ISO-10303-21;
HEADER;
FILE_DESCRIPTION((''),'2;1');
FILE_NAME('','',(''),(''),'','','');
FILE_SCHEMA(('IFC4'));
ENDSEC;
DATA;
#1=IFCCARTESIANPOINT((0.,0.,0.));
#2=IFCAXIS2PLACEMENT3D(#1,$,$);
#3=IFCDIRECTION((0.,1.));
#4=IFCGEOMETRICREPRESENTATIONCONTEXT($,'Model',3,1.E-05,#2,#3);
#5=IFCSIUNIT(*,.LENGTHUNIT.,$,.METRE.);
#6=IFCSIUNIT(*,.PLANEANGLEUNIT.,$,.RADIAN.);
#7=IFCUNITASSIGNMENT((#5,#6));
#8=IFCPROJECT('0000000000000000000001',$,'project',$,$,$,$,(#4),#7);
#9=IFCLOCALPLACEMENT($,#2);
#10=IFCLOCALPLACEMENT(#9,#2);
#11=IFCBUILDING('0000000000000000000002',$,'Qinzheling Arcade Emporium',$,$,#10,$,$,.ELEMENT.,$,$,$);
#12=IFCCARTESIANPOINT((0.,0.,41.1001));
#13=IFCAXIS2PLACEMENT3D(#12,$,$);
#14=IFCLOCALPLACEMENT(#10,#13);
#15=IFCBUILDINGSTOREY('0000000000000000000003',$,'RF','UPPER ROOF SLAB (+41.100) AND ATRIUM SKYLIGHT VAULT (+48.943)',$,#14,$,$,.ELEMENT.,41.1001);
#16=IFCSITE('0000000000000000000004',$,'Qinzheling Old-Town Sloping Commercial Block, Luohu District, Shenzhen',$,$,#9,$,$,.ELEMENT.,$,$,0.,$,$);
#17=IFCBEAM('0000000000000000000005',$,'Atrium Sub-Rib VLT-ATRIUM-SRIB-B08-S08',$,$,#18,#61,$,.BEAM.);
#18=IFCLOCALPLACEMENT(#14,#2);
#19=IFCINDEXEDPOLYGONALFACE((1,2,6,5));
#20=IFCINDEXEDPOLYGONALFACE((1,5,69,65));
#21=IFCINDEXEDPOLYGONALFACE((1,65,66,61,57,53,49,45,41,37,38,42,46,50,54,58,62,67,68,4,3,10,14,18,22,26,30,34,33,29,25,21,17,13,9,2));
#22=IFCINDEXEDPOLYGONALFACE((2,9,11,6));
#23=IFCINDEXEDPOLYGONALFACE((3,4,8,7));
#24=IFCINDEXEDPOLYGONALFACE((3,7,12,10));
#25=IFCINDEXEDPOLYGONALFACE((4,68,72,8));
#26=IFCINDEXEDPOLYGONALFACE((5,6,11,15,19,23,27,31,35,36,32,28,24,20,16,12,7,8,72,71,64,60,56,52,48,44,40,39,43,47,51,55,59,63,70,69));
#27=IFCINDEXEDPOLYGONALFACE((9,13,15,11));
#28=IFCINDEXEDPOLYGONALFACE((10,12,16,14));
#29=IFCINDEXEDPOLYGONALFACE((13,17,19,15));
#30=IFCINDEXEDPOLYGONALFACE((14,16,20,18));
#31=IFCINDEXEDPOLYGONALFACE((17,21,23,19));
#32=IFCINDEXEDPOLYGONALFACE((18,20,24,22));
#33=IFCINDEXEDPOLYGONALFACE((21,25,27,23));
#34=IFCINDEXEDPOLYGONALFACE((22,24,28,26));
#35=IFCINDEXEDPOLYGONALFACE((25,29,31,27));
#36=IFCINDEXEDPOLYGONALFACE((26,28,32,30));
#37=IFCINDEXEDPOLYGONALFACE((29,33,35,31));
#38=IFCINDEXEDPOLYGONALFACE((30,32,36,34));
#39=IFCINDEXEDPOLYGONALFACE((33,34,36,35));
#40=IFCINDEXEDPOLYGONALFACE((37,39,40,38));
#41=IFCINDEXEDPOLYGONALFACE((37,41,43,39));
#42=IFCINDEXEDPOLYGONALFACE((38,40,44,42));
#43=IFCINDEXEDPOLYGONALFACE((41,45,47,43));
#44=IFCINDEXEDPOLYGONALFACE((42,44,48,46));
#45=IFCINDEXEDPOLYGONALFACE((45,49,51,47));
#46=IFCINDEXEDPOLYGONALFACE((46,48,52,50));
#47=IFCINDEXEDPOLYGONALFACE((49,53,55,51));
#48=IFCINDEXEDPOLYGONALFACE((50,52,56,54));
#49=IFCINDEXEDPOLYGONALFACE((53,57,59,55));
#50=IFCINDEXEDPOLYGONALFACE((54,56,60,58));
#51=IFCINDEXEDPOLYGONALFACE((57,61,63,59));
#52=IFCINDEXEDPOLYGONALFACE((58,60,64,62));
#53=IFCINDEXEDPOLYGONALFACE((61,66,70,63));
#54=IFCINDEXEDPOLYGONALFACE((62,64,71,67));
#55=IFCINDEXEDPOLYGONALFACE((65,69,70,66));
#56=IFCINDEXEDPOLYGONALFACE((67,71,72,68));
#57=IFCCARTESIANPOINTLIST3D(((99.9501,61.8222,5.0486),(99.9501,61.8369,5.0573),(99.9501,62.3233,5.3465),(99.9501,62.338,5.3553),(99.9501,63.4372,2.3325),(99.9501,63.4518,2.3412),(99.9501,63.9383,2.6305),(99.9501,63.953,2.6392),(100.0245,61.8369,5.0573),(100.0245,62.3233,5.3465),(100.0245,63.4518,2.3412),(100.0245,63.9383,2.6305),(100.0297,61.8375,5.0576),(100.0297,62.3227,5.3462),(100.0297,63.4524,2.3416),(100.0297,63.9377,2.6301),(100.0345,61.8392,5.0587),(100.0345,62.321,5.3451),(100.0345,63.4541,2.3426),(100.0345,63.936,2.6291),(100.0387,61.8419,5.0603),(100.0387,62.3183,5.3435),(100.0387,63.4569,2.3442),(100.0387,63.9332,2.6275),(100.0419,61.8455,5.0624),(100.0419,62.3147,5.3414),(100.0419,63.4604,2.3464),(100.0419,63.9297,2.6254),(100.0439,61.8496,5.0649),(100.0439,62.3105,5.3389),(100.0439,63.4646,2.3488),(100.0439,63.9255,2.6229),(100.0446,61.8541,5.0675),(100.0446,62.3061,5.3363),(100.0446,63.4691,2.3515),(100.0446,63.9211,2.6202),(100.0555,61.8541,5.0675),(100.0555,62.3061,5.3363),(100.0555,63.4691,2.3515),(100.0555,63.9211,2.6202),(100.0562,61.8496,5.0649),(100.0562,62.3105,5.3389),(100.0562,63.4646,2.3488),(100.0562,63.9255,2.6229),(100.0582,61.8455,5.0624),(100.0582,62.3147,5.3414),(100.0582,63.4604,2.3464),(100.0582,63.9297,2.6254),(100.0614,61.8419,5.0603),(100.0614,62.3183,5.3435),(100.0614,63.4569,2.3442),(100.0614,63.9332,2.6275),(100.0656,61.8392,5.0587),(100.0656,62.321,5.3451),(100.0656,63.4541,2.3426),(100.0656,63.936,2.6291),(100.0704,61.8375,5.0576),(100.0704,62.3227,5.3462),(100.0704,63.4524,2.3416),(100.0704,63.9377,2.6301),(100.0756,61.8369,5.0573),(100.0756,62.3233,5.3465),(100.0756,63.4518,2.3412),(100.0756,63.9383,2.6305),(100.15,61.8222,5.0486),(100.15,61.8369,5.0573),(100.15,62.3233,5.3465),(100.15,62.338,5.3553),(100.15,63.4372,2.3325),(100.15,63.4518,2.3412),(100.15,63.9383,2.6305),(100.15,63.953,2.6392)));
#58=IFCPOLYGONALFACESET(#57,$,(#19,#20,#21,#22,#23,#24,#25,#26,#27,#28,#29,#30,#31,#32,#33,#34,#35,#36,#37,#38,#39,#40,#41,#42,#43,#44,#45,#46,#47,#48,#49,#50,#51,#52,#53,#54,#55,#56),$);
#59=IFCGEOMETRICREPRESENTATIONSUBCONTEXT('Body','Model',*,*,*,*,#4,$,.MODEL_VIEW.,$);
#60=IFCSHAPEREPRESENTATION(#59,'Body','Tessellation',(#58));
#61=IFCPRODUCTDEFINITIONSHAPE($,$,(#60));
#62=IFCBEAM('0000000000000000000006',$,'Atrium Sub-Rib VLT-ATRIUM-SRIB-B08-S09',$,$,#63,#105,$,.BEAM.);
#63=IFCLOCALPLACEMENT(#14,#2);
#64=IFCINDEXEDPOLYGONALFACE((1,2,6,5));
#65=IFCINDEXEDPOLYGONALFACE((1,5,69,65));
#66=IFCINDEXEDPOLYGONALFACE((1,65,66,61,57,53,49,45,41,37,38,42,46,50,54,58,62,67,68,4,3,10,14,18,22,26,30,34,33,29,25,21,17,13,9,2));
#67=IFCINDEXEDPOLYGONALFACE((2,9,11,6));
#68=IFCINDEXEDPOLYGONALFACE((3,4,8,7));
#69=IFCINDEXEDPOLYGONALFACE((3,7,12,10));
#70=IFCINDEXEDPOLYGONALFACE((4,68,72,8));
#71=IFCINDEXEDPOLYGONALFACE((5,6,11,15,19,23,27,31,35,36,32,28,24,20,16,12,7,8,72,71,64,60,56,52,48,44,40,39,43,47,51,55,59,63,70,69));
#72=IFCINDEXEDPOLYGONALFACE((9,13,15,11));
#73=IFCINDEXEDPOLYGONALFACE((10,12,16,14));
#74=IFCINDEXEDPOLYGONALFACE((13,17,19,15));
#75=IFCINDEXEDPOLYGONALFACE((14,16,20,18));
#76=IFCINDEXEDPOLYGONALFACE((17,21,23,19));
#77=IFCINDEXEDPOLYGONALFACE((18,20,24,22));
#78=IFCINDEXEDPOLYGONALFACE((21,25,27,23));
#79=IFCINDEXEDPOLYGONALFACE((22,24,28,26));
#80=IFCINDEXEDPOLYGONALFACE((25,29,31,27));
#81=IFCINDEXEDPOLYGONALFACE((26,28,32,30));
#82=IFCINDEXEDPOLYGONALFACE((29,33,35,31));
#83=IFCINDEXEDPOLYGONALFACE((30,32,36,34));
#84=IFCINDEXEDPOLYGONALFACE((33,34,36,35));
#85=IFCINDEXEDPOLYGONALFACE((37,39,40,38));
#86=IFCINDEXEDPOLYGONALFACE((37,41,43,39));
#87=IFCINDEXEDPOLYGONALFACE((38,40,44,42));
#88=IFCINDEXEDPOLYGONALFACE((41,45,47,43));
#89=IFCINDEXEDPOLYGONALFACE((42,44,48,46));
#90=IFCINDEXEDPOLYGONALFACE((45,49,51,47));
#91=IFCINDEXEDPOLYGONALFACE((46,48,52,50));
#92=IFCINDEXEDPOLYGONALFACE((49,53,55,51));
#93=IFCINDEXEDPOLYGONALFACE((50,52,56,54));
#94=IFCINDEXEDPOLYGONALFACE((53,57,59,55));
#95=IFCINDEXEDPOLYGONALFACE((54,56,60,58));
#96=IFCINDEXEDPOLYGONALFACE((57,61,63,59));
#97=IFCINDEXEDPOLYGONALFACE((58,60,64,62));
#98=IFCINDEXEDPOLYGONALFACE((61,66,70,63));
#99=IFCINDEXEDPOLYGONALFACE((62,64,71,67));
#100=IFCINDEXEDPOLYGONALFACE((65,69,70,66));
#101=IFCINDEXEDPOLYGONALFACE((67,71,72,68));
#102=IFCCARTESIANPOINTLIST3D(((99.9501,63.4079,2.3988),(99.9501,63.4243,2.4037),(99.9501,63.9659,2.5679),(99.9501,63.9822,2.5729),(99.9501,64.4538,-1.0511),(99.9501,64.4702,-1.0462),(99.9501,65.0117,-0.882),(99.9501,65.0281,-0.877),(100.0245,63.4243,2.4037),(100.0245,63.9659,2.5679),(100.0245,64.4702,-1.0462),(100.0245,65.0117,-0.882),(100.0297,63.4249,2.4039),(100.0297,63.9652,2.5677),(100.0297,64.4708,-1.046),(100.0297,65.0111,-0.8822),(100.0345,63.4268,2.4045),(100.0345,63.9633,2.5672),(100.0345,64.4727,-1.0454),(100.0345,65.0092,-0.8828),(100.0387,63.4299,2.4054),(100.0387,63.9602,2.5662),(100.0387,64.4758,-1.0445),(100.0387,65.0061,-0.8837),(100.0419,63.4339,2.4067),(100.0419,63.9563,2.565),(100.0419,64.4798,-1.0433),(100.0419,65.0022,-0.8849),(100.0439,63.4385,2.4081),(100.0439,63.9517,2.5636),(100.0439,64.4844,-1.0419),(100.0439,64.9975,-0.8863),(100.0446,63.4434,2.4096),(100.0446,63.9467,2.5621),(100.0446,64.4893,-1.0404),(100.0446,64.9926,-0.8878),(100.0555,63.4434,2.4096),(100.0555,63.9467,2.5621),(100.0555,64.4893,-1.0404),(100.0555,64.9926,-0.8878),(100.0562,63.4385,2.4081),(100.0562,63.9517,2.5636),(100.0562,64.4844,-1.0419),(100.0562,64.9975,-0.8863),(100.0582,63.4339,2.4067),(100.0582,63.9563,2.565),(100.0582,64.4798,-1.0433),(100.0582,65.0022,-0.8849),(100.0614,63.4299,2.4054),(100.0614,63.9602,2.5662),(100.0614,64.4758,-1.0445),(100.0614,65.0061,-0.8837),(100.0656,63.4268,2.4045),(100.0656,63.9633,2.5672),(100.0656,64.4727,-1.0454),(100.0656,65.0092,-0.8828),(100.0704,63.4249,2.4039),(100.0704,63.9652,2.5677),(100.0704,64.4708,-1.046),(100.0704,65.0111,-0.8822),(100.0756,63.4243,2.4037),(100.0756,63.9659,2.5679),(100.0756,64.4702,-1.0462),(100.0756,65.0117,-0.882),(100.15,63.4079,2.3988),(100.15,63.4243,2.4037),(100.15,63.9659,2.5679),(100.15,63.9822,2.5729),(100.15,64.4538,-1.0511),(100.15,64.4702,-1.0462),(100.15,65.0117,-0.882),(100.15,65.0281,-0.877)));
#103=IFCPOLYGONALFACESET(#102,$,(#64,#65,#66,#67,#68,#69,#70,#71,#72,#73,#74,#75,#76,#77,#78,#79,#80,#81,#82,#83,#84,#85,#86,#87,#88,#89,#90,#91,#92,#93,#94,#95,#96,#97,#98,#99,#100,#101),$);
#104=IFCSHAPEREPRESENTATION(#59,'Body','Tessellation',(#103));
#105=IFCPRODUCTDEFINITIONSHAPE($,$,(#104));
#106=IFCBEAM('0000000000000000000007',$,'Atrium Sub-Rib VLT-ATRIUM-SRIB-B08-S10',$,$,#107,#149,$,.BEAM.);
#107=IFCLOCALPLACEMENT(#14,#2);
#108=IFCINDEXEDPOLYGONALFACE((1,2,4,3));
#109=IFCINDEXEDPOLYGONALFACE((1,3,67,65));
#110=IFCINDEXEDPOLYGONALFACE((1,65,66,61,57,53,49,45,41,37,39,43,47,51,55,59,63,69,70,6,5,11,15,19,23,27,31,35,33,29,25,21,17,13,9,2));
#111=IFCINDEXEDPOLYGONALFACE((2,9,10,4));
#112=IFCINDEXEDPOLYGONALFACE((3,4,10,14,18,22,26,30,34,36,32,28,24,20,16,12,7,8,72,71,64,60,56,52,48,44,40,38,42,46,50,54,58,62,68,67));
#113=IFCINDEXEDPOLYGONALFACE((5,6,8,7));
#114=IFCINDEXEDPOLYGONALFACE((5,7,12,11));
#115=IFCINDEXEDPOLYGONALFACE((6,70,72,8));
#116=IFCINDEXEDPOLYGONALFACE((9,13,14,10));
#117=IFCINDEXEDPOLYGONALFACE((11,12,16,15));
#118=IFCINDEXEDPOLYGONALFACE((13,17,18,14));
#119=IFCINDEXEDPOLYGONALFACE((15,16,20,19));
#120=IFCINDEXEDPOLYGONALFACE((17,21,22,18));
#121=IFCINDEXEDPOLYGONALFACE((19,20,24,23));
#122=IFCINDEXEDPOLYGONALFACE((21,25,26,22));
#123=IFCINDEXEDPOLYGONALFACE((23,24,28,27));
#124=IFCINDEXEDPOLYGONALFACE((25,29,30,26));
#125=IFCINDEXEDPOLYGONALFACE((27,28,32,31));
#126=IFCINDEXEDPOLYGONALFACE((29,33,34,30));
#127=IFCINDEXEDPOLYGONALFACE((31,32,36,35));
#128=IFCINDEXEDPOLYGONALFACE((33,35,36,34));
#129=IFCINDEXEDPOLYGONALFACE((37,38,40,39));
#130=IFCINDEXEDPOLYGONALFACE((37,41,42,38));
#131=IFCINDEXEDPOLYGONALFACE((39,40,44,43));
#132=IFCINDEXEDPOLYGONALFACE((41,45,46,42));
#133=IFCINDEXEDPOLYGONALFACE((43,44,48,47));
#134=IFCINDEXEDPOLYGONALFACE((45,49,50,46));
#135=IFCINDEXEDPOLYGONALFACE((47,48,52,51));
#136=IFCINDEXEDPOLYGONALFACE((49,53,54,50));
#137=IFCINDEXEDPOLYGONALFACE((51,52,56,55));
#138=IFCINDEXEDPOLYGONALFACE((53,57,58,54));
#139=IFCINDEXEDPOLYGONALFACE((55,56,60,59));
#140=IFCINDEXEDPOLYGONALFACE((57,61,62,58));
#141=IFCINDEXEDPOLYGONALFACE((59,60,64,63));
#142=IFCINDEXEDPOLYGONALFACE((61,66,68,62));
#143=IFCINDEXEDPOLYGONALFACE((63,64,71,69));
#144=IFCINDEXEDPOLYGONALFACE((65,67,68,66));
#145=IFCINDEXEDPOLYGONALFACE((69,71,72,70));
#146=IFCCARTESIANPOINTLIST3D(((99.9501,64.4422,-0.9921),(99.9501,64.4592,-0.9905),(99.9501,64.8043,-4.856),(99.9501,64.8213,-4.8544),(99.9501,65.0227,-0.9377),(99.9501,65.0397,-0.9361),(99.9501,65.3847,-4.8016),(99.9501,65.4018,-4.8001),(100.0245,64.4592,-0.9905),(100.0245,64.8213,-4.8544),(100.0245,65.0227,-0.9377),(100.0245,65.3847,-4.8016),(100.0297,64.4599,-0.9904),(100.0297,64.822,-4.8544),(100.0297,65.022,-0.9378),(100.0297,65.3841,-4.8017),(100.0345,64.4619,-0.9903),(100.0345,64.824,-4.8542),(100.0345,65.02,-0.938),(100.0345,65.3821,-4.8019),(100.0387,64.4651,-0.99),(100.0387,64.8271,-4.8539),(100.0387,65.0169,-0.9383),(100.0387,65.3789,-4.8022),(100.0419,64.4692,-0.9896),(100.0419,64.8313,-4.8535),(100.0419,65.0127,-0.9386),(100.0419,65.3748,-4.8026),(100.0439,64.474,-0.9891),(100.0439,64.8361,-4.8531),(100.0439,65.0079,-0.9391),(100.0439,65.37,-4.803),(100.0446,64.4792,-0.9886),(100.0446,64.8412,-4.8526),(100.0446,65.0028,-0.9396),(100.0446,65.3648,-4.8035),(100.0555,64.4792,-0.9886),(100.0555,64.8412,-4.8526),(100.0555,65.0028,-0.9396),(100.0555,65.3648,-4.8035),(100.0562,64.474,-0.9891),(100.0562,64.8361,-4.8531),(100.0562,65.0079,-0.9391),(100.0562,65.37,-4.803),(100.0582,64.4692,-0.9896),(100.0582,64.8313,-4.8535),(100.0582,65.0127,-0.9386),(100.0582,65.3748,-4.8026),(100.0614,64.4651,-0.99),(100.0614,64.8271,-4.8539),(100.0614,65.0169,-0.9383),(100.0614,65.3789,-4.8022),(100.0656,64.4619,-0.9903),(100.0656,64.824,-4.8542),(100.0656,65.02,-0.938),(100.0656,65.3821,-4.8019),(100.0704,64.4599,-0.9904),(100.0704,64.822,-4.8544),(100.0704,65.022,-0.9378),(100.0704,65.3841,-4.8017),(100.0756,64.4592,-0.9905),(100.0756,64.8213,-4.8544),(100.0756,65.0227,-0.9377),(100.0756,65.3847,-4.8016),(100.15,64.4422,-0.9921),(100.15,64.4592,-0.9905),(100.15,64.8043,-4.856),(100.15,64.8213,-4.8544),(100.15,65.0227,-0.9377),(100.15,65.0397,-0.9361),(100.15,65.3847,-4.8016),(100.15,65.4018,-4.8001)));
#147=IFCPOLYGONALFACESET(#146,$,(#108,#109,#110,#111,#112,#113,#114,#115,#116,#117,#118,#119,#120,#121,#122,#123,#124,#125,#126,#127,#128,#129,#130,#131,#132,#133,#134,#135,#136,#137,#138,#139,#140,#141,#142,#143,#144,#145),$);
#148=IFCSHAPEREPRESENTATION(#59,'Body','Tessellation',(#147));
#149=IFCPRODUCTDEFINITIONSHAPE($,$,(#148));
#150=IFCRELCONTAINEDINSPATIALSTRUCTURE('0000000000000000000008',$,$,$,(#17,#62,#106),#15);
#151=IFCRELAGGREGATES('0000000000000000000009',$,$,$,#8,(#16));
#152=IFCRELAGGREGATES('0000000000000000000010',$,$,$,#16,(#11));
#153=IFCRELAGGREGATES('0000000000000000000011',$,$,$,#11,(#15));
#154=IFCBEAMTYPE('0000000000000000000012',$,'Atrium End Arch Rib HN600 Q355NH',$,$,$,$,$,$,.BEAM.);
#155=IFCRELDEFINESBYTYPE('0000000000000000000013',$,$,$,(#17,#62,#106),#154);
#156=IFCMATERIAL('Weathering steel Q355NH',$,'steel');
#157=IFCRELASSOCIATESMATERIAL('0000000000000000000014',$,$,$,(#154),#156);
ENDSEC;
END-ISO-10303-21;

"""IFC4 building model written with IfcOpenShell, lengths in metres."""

from ifc_helpers import new_model, si_unit, direction, frame, origin, origin_2d, place, context, subcontext, project, spatial, i_section, extrude, material, material_profile, profile_set, type_object, element, save


model = new_model("IFC4")

# Units and contexts
model_context = context("Model", 3, precision=1e-05, world=origin(), true_north=direction((0.0, 1.0)))
body_context = subcontext(model_context, "Body", "Model", "MODEL_VIEW")
ifc_project = project(units=[si_unit("LENGTHUNIT", "METRE"), si_unit("PLANEANGLEUNIT", "RADIAN")], contexts=[model_context])

# Site, building, storey
site_placement = place(None, origin())
site = spatial("IfcSite", under=ifc_project, at=site_placement, Name="Qinzheling Old-Town Sloping Commercial Block, Luohu District, Shenzhen", CompositionType="ELEMENT", RefElevation=0.0)
building_placement = place(site_placement, origin())
building = spatial("IfcBuilding", under=site, at=building_placement, Name="Qinzheling Arcade Emporium", CompositionType="ELEMENT")
storey_placement = place(building_placement, frame((0.0, 0.0, 41.1001)))
storey = spatial("IfcBuildingStorey", under=building, at=storey_placement, Name="RF", Description="UPPER ROOF SLAB (+41.100) AND ATRIUM SKYLIGHT VAULT (+48.943)", CompositionType="ELEMENT", Elevation=41.1001)

# Beams
ifc_material_1 = material(Name="Weathering steel Q355NH", Category="steel")
ifc_material_profile_1 = material_profile(ifc_material_1, i_section(OverallWidth=0.2, OverallDepth=0.6001, WebThickness=0.011, FlangeThickness=0.0171, FilletRadius=0.02, at=origin_2d()), Name="HN 600x200x11x17", Category="steel")
ifc_profile_set_1 = profile_set([ifc_material_profile_1], Name="Weathering steel Q355NH")
beam_type_1 = type_object("IfcBeamType", Name="Atrium End Arch Rib HN600 Q355NH", PredefinedType="BEAM", material=ifc_profile_set_1)
beam_1_placement = place(storey_placement, frame((100.05, 62.0801, 5.2019), z_axis=(0.0, 0.511083, -0.859531), x_axis=(-1.0, 0.0, 0.0)))
element("IfcBeam", 1, at=beam_1_placement, inside=storey, type_object=beam_type_1, Name="Atrium Sub-Rib VLT-ATRIUM-SRIB-B08-S08", PredefinedType="BEAM", context=body_context, shape_type="SweptSolid", body=[
    extrude(i_section(OverallWidth=0.2, OverallDepth=0.6001, WebThickness=0.011, FlangeThickness=0.0171, FilletRadius=0.02, at=origin_2d()), origin(), (0.0, 0.0, 1.0), 3.1599),
])
beam_2_placement = place(storey_placement, frame((100.05, 63.6951, 2.4858), z_axis=(0.0, 0.290124, -0.956989), x_axis=(-1.0, 0.0, 0.0)))
element("IfcBeam", 2, at=beam_2_placement, inside=storey, type_object=beam_type_1, Name="Atrium Sub-Rib VLT-ATRIUM-SRIB-B08-S09", PredefinedType="BEAM", context=body_context, shape_type="SweptSolid", body=[
    extrude(i_section(OverallWidth=0.2, OverallDepth=0.6001, WebThickness=0.011, FlangeThickness=0.0171, FilletRadius=0.02, at=origin_2d()), origin(), (0.0, 0.0, 1.0), 3.605),
])
beam_3_placement = place(storey_placement, frame((100.05, 64.741, -0.9641), z_axis=(0.0, 0.093292, -0.995639), x_axis=(-1.0, 0.0, 0.0)))
element("IfcBeam", 3, at=beam_3_placement, inside=storey, type_object=beam_type_1, Name="Atrium Sub-Rib VLT-ATRIUM-SRIB-B08-S10", PredefinedType="BEAM", context=body_context, shape_type="SweptSolid", body=[
    extrude(i_section(OverallWidth=0.2, OverallDepth=0.6001, WebThickness=0.011, FlangeThickness=0.0171, FilletRadius=0.02, at=origin_2d()), origin(), (0.0, 0.0, 1.0), 3.8809),
])

save(model, "model.ifc")
